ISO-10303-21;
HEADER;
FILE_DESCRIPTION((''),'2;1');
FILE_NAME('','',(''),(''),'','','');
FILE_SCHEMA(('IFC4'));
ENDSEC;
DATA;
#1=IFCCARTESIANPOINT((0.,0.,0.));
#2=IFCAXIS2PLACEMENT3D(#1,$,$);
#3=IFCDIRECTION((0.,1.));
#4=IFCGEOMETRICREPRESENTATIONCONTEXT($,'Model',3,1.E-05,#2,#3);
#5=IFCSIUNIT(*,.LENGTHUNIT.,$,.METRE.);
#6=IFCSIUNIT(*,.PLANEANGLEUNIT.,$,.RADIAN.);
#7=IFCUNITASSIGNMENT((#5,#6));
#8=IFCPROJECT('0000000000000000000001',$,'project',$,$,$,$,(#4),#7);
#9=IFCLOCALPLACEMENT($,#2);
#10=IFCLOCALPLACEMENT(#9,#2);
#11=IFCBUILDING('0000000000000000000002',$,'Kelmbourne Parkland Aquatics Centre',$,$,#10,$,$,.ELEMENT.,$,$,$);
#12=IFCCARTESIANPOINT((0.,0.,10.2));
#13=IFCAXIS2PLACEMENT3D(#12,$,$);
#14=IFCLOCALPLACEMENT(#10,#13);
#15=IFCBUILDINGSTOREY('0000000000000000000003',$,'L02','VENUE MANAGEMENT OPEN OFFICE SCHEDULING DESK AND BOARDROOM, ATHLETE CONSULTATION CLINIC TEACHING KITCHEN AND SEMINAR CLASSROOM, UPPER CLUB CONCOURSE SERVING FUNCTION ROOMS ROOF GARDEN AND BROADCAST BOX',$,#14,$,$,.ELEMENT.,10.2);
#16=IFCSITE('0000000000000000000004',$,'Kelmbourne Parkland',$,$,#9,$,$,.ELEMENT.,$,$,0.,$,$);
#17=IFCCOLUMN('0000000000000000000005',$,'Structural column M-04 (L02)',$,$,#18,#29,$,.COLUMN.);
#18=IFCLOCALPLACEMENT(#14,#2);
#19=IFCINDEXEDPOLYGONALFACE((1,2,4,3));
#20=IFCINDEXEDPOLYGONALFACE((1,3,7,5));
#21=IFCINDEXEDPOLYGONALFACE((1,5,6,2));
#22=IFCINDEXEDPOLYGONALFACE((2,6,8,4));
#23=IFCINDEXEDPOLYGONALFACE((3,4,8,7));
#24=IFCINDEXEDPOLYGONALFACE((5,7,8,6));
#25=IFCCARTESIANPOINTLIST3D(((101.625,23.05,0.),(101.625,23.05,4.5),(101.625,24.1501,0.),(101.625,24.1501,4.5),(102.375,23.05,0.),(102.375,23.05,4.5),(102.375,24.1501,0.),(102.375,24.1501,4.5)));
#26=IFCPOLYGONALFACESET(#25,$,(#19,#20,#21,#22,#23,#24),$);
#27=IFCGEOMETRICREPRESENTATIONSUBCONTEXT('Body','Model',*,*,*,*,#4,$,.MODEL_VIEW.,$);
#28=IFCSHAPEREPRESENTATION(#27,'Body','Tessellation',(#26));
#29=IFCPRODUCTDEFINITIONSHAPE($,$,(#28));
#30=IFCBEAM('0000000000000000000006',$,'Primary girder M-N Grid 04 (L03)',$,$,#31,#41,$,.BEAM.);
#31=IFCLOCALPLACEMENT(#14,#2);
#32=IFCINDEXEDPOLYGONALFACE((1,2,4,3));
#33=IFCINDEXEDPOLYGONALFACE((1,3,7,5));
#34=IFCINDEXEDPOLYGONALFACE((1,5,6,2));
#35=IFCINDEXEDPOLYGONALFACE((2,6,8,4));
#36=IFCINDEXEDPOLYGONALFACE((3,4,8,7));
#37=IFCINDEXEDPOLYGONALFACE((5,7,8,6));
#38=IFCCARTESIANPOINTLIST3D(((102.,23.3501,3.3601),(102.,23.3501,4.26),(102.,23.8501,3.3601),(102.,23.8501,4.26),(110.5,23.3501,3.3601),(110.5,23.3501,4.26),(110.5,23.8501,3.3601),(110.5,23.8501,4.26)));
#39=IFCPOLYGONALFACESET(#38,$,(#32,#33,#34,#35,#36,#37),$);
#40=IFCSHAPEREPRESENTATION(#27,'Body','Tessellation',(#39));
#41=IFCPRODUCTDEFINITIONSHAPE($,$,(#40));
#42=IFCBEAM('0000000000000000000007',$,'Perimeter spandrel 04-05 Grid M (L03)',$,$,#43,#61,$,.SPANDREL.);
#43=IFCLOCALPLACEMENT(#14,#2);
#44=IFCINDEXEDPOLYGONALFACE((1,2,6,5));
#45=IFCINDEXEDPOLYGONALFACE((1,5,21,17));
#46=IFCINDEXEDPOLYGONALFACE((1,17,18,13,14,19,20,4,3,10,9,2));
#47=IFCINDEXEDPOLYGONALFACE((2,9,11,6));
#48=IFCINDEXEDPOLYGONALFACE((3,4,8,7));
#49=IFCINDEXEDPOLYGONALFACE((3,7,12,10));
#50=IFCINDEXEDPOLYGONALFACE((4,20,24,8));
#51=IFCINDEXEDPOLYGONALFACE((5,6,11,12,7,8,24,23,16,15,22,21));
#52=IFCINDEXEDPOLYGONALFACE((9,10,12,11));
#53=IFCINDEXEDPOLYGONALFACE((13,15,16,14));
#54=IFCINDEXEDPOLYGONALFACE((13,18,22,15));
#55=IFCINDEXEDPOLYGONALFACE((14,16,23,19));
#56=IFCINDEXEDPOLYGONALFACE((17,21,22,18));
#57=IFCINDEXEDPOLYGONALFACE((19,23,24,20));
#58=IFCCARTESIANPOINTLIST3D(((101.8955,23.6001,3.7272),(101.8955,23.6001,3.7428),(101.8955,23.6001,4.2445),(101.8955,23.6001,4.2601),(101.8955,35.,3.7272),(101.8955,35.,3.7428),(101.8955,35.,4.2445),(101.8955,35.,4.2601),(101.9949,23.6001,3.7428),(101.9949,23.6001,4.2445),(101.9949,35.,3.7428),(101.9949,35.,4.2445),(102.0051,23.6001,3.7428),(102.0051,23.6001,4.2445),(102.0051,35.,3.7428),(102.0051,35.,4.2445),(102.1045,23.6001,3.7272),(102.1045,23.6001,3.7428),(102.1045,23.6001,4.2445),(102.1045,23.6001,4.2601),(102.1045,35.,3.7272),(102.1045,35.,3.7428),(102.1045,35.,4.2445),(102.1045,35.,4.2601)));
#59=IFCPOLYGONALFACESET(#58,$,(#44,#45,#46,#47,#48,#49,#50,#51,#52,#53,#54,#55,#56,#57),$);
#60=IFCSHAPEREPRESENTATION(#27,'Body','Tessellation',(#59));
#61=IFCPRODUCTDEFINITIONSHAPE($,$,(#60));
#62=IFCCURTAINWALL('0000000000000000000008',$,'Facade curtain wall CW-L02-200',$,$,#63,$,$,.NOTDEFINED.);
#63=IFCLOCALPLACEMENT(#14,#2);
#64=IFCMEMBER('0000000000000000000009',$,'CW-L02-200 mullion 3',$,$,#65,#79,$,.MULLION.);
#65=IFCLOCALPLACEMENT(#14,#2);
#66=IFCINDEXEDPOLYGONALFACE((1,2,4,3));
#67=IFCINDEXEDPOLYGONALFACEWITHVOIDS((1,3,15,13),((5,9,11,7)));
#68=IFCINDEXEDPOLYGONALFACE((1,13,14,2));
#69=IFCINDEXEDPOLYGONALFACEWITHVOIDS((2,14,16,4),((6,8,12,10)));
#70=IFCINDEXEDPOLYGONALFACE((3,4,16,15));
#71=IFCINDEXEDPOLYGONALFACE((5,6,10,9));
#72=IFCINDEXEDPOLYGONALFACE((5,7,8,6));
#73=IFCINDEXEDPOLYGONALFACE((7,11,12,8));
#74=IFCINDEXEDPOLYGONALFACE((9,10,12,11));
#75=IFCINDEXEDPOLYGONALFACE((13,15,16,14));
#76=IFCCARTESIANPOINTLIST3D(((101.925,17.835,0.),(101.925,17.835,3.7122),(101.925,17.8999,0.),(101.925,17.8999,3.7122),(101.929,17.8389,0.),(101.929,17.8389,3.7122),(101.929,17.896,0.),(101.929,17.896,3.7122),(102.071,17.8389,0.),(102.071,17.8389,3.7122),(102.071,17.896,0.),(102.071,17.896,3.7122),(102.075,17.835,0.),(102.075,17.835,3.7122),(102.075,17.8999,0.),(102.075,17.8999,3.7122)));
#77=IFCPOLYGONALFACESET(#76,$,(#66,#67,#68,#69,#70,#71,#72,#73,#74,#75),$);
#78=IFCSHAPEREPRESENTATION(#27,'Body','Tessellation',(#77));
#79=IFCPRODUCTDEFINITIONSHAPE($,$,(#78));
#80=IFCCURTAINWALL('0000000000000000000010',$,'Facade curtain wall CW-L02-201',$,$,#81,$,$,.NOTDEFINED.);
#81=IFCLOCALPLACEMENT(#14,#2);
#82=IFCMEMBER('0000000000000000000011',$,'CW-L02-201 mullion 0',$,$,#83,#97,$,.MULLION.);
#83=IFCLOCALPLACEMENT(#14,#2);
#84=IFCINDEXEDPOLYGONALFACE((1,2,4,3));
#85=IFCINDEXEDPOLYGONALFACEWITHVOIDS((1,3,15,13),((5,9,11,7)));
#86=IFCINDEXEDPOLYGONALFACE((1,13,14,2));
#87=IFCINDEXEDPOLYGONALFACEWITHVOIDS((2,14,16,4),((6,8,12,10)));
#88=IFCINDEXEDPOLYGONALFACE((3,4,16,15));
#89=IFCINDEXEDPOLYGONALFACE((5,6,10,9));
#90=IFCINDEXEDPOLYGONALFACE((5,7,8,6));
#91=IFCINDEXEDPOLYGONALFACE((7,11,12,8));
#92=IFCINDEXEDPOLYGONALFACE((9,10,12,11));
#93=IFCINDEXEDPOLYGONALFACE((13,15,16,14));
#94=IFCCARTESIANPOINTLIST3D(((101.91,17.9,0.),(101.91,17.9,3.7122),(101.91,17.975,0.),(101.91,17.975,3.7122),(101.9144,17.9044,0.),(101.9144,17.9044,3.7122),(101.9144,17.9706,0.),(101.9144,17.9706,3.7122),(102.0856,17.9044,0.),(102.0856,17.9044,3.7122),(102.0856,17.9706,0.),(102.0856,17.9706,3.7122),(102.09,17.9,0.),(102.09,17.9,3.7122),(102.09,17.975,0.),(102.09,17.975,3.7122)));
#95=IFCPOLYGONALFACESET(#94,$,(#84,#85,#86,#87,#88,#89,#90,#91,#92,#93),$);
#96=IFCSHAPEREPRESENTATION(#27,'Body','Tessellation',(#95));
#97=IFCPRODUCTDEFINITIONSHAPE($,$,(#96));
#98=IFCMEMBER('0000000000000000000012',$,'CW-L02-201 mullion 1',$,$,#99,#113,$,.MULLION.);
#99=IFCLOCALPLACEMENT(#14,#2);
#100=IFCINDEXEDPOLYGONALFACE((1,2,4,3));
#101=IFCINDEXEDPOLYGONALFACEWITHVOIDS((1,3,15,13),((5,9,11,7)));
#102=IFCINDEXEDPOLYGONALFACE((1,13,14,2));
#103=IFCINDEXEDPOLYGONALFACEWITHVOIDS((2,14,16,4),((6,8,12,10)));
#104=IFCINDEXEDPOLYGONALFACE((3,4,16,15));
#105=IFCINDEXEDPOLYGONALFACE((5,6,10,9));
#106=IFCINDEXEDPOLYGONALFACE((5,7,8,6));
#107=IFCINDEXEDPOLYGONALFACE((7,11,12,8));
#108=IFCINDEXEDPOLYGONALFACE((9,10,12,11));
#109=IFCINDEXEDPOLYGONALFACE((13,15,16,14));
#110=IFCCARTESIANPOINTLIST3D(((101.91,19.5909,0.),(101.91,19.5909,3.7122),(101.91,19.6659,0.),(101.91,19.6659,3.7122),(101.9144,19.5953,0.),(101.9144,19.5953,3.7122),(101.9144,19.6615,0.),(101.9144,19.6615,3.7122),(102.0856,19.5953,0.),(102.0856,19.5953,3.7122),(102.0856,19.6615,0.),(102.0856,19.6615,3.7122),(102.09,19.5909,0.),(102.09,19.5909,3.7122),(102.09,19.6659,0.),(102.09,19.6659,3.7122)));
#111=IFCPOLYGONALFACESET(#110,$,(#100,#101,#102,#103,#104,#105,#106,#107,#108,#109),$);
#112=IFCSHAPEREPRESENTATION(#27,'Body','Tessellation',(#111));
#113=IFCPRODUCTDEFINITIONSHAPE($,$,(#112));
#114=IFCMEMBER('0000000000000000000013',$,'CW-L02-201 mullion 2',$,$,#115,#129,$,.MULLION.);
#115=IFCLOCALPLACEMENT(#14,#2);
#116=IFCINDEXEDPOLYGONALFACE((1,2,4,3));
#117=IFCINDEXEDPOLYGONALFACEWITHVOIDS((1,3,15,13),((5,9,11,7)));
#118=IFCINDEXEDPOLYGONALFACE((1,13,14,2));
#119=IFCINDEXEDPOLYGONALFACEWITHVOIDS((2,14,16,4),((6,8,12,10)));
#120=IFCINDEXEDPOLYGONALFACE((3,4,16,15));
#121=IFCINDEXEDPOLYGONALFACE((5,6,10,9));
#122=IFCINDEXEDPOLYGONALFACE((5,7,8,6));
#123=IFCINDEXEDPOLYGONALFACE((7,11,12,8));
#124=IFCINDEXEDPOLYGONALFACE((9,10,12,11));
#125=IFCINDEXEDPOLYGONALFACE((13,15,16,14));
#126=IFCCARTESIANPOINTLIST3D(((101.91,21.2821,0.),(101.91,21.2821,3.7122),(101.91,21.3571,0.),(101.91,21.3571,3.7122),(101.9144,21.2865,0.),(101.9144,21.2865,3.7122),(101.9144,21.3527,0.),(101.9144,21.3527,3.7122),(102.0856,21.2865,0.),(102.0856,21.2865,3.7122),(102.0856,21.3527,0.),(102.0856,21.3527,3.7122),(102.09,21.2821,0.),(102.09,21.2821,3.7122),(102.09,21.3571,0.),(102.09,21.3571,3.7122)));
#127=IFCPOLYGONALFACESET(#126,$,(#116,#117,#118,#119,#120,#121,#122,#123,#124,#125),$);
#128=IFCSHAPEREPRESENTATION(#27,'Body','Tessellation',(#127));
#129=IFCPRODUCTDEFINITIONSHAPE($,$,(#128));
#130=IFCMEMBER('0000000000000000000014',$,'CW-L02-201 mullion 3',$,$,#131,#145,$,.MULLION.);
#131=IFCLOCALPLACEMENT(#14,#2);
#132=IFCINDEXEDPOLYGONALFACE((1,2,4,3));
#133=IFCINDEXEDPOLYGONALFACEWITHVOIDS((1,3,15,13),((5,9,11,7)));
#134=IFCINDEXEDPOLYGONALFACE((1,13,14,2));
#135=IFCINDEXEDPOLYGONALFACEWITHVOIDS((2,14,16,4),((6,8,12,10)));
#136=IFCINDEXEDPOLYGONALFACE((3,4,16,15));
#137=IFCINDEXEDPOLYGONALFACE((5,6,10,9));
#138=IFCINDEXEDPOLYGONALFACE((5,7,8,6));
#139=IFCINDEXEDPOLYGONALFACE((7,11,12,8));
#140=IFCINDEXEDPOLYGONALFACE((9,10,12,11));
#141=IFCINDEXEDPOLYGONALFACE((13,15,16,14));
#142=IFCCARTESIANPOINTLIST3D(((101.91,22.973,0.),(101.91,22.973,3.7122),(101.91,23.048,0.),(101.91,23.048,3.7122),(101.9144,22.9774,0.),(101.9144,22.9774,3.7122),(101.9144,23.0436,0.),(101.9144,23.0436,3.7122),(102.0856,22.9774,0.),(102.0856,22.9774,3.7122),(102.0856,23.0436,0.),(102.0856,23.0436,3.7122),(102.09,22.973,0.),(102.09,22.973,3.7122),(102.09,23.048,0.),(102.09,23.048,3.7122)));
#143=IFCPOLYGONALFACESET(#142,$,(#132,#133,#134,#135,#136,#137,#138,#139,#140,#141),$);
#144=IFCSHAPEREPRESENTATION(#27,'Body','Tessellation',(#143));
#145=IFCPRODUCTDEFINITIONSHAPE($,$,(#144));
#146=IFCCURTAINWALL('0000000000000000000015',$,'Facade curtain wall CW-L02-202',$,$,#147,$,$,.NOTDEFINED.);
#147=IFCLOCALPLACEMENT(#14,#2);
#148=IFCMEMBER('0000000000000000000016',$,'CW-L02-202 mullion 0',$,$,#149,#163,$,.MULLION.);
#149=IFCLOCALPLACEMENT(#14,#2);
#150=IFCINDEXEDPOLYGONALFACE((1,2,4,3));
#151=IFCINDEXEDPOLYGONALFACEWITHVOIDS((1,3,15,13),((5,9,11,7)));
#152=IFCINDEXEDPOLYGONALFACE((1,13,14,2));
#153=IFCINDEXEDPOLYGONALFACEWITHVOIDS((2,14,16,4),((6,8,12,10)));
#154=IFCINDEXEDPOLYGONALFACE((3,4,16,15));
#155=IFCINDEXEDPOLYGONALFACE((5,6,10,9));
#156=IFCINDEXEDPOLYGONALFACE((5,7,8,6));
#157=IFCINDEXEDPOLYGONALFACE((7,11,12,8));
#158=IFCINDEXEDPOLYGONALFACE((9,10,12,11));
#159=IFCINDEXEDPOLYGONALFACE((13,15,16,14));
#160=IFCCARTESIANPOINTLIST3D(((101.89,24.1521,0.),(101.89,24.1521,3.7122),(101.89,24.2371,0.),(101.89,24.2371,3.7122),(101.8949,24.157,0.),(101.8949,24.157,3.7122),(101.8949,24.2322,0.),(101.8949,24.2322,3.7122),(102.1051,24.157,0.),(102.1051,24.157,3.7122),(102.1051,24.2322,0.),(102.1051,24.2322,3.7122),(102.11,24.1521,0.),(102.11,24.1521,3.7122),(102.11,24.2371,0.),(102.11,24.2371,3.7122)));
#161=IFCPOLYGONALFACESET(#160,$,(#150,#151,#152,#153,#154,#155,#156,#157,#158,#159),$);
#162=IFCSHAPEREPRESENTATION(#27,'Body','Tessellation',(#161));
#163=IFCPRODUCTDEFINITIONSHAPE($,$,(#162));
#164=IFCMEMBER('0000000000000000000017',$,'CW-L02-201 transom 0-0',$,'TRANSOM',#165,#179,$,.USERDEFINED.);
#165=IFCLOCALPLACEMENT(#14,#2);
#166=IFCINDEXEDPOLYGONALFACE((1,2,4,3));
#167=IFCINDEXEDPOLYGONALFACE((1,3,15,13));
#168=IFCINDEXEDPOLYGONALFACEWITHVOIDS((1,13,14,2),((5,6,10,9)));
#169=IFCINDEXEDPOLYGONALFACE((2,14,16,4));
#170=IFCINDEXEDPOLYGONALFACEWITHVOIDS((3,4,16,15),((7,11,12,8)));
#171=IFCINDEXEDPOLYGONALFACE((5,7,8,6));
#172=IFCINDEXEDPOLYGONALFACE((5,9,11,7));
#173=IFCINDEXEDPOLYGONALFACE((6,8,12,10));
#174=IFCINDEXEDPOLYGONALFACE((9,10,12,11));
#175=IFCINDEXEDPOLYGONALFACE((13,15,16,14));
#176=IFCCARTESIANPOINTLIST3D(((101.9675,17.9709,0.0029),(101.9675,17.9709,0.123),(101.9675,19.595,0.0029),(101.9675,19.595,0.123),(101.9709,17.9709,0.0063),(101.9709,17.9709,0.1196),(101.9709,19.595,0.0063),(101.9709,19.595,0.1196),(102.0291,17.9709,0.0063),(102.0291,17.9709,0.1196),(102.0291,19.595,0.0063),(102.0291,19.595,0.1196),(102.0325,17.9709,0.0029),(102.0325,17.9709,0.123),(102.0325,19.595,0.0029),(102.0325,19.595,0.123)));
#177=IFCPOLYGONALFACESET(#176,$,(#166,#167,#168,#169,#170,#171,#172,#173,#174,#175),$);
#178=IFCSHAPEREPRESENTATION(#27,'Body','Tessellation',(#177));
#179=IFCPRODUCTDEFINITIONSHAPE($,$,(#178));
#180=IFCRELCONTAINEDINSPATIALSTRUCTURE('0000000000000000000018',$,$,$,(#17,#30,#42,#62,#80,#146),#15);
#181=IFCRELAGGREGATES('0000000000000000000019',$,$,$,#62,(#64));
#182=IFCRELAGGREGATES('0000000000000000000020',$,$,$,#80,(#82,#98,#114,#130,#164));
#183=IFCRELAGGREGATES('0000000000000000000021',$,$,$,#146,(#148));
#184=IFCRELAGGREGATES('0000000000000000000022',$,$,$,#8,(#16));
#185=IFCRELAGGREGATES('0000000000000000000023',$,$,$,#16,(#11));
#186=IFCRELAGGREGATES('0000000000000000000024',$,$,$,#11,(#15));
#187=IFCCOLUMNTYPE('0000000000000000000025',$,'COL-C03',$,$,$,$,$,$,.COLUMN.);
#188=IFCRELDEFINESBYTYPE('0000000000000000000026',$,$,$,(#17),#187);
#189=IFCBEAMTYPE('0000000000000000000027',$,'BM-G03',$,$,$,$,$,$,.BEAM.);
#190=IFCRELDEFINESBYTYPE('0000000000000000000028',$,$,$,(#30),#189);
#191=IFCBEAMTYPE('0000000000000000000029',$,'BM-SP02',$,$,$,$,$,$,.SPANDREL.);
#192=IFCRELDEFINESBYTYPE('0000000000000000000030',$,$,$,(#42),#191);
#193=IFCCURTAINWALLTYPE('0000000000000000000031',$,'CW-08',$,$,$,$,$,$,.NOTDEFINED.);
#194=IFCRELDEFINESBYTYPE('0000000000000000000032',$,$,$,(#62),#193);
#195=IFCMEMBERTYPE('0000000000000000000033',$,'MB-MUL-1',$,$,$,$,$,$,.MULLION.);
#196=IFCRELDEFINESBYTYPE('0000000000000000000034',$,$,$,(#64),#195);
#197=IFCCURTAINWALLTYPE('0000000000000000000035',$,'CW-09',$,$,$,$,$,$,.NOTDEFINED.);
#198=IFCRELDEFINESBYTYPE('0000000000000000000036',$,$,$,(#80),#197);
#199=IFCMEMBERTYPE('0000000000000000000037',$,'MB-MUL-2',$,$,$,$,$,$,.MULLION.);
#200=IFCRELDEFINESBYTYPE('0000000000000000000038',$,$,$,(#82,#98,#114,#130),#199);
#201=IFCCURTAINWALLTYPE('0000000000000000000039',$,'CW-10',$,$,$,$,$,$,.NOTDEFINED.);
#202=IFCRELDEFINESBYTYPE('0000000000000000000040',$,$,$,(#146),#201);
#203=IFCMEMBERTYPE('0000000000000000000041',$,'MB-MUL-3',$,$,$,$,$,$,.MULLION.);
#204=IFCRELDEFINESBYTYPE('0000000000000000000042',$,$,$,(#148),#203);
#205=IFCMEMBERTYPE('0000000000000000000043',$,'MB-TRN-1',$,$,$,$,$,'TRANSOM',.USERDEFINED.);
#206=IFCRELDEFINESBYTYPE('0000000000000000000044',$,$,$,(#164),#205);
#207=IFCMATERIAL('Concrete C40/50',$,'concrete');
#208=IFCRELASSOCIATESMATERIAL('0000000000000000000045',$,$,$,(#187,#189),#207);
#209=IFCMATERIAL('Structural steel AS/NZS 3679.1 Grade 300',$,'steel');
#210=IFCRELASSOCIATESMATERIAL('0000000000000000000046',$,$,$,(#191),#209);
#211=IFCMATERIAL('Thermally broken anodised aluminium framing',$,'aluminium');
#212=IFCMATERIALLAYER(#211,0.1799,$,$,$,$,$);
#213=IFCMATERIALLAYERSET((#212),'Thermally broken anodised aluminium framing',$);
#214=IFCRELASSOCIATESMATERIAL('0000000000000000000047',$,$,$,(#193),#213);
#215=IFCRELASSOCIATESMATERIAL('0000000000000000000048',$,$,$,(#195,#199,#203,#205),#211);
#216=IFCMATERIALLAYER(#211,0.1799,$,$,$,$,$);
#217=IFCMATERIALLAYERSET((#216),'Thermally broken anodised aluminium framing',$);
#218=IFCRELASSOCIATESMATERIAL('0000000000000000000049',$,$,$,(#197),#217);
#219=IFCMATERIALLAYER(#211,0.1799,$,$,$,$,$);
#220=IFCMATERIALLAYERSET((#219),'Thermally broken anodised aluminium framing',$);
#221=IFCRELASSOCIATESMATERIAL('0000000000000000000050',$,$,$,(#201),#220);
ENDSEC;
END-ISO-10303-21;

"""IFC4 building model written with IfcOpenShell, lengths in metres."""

from ifc_helpers import new_model, si_unit, direction, frame, origin, origin_2d, place, context, subcontext, project, spatial, rectangle, hollow_rectangle, i_section, extrude, material, layer, layer_set, material_profile, profile_set, type_object, element, aggregate, save


model = new_model("IFC4")

# Units and contexts
model_context = context("Model", 3, precision=1e-05, world=origin(), true_north=direction((0.0, 1.0)))
body_context = subcontext(model_context, "Body", "Model", "MODEL_VIEW")
ifc_project = project(units=[si_unit("LENGTHUNIT", "METRE"), si_unit("PLANEANGLEUNIT", "RADIAN")], contexts=[model_context])

# Site, building, storey
site_placement = place(None, origin())
site = spatial("IfcSite", under=ifc_project, at=site_placement, Name="Kelmbourne Parkland", CompositionType="ELEMENT", RefElevation=0.0)
building_placement = place(site_placement, origin())
building = spatial("IfcBuilding", under=site, at=building_placement, Name="Kelmbourne Parkland Aquatics Centre", CompositionType="ELEMENT")
storey_placement = place(building_placement, frame((0.0, 0.0, 10.2)))
storey = spatial("IfcBuildingStorey", under=building, at=storey_placement, Name="L02", Description="VENUE MANAGEMENT OPEN OFFICE SCHEDULING DESK AND BOARDROOM, ATHLETE CONSULTATION CLINIC TEACHING KITCHEN AND SEMINAR CLASSROOM, UPPER CLUB CONCOURSE SERVING FUNCTION ROOMS ROOF GARDEN AND BROADCAST BOX", CompositionType="ELEMENT", Elevation=10.2)

# Column
ifc_material_1 = material(Name="Concrete C40/50", Category="concrete")
ifc_material_profile_1 = material_profile(ifc_material_1, rectangle(XDim=0.75, YDim=1.1001, at=origin_2d()), Name="RC 750x1100")
ifc_profile_set_1 = profile_set([ifc_material_profile_1], Name="Concrete C40/50")
column_type = type_object("IfcColumnType", Name="COL-C03", PredefinedType="COLUMN", material=ifc_profile_set_1)
column_placement = place(storey_placement, frame((102.0, 23.6001, 0.0), z_axis=(0.0, 0.0, 1.0), x_axis=(1.0, 0.0, 0.0)))
element("IfcColumn", 1, at=column_placement, inside=storey, type_object=column_type, Name="Structural column M-04 (L02)", PredefinedType="COLUMN", context=body_context, shape_type="SweptSolid", body=[
    extrude(rectangle(XDim=0.75, YDim=1.1001, at=origin_2d()), origin(), (0.0, 0.0, 1.0), 4.5),
])

# Beams
ifc_material_profile_2 = material_profile(ifc_material_1, rectangle(XDim=0.5, YDim=0.8999, at=origin_2d()), Name="RC 500x900")
ifc_profile_set_2 = profile_set([ifc_material_profile_2], Name="Concrete C40/50")
beam_type_1 = type_object("IfcBeamType", Name="BM-G03", PredefinedType="BEAM", material=ifc_profile_set_2)
beam_1_placement = place(storey_placement, frame((102.0, 23.6001, 3.8101), z_axis=(1.0, 0.0, 0.0), x_axis=(0.0, 1.0, 0.0)))
element("IfcBeam", 2, at=beam_1_placement, inside=storey, type_object=beam_type_1, Name="Primary girder M-N Grid 04 (L03)", PredefinedType="BEAM", context=body_context, shape_type="SweptSolid", body=[
    extrude(rectangle(XDim=0.5, YDim=0.8999, at=origin_2d()), origin(), (0.0, 0.0, 1.0), 8.5),
])
ifc_material_2 = material(Name="Structural steel AS/NZS 3679.1 Grade 300", Category="steel")
ifc_material_profile_3 = material_profile(ifc_material_2, i_section(OverallWidth=0.209, OverallDepth=0.533, WebThickness=0.0103, FlangeThickness=0.0156, at=origin_2d()), Name="530UB92.4")
ifc_profile_set_3 = profile_set([ifc_material_profile_3], Name="Structural steel AS/NZS 3679.1 Grade 300")
beam_type_2 = type_object("IfcBeamType", Name="BM-SP02", PredefinedType="SPANDREL", material=ifc_profile_set_3)
beam_2_placement = place(storey_placement, frame((102.0, 23.6001, 3.9937), z_axis=(0.0, 1.0, 0.0), x_axis=(-1.0, 0.0, 0.0)))
element("IfcBeam", 3, at=beam_2_placement, inside=storey, type_object=beam_type_2, Name="Perimeter spandrel 04-05 Grid M (L03)", PredefinedType="SPANDREL", context=body_context, shape_type="SweptSolid", body=[
    extrude(i_section(OverallWidth=0.209, OverallDepth=0.533, WebThickness=0.0103, FlangeThickness=0.0156, at=origin_2d()), origin(), (0.0, 0.0, 1.0), 11.3999),
])

# Curtain wall, member
ifc_material_3 = material(Name="Thermally broken anodised aluminium framing", Category="aluminium")
ifc_layer_1 = layer(ifc_material_3, 0.1799)
ifc_layer_set_1 = layer_set([ifc_layer_1], Name="Thermally broken anodised aluminium framing")
curtain_wall_type_1 = type_object("IfcCurtainWallType", Name="CW-08", PredefinedType="NOTDEFINED", material=ifc_layer_set_1)
curtain_wall_1_placement = place(storey_placement, origin())
curtain_wall_1 = element("IfcCurtainWall", 4, at=curtain_wall_1_placement, inside=storey, type_object=curtain_wall_type_1, Name="Facade curtain wall CW-L02-200", PredefinedType="NOTDEFINED")
ifc_material_profile_4 = material_profile(ifc_material_3, hollow_rectangle(XDim=0.0649, YDim=0.1499, WallThickness=0.0039, at=origin_2d()), Name="CW-M 65x150")
ifc_profile_set_4 = profile_set([ifc_material_profile_4], Name="Thermally broken anodised aluminium framing")
member_type_1 = type_object("IfcMemberType", Name="MB-MUL-1", PredefinedType="MULLION", material=ifc_profile_set_4)
member_1_placement = place(storey_placement, frame((102.0, 17.8674, 0.0), z_axis=(0.0, 0.0, 1.0), x_axis=(0.0, 1.0, 0.0)))
member_1 = element("IfcMember", 5, at=member_1_placement, type_object=member_type_1, Name="CW-L02-200 mullion 3", PredefinedType="MULLION", context=body_context, shape_type="SweptSolid", body=[
    extrude(hollow_rectangle(XDim=0.0649, YDim=0.1499, WallThickness=0.0039, at=origin_2d()), origin(), (0.0, 0.0, 1.0), 3.7122),
])
aggregate(curtain_wall_1, [member_1])

# Curtain wall, members
ifc_layer_2 = layer(ifc_material_3, 0.1799)
ifc_layer_set_2 = layer_set([ifc_layer_2], Name="Thermally broken anodised aluminium framing")
curtain_wall_type_2 = type_object("IfcCurtainWallType", Name="CW-09", PredefinedType="NOTDEFINED", material=ifc_layer_set_2)
curtain_wall_2_placement = place(storey_placement, origin())
curtain_wall_2 = element("IfcCurtainWall", 6, at=curtain_wall_2_placement, inside=storey, type_object=curtain_wall_type_2, Name="Facade curtain wall CW-L02-201", PredefinedType="NOTDEFINED")
ifc_material_profile_5 = material_profile(ifc_material_3, hollow_rectangle(XDim=0.075, YDim=0.1799, WallThickness=0.0044, at=origin_2d()), Name="CW-M 75x180")
ifc_profile_set_5 = profile_set([ifc_material_profile_5], Name="Thermally broken anodised aluminium framing")
member_type_2 = type_object("IfcMemberType", Name="MB-MUL-2", PredefinedType="MULLION", material=ifc_profile_set_5)
member_2_placement = place(storey_placement, frame((102.0, 17.9375, 0.0), z_axis=(0.0, 0.0, 1.0), x_axis=(0.0, 1.0, 0.0)))
member_2 = element("IfcMember", 7, at=member_2_placement, type_object=member_type_2, Name="CW-L02-201 mullion 0", PredefinedType="MULLION", context=body_context, shape_type="SweptSolid", body=[
    extrude(hollow_rectangle(XDim=0.075, YDim=0.1799, WallThickness=0.0044, at=origin_2d()), origin(), (0.0, 0.0, 1.0), 3.7122),
])
member_3_placement = place(storey_placement, frame((102.0, 19.6284, 0.0), z_axis=(0.0, 0.0, 1.0), x_axis=(0.0, 1.0, 0.0)))
member_3 = element("IfcMember", 8, at=member_3_placement, type_object=member_type_2, Name="CW-L02-201 mullion 1", PredefinedType="MULLION", context=body_context, shape_type="SweptSolid", body=[
    extrude(hollow_rectangle(XDim=0.075, YDim=0.1799, WallThickness=0.0044, at=origin_2d()), origin(), (0.0, 0.0, 1.0), 3.7122),
])
member_4_placement = place(storey_placement, frame((102.0, 21.3196, 0.0), z_axis=(0.0, 0.0, 1.0), x_axis=(0.0, 1.0, 0.0)))
member_4 = element("IfcMember", 9, at=member_4_placement, type_object=member_type_2, Name="CW-L02-201 mullion 2", PredefinedType="MULLION", context=body_context, shape_type="SweptSolid", body=[
    extrude(hollow_rectangle(XDim=0.075, YDim=0.1799, WallThickness=0.0044, at=origin_2d()), origin(), (0.0, 0.0, 1.0), 3.7122),
])
member_5_placement = place(storey_placement, frame((102.0, 23.0105, 0.0), z_axis=(0.0, 0.0, 1.0), x_axis=(0.0, 1.0, 0.0)))
member_5 = element("IfcMember", 10, at=member_5_placement, type_object=member_type_2, Name="CW-L02-201 mullion 3", PredefinedType="MULLION", context=body_context, shape_type="SweptSolid", body=[
    extrude(hollow_rectangle(XDim=0.075, YDim=0.1799, WallThickness=0.0044, at=origin_2d()), origin(), (0.0, 0.0, 1.0), 3.7122),
])

# Curtain wall, member
ifc_layer_3 = layer(ifc_material_3, 0.1799)
ifc_layer_set_3 = layer_set([ifc_layer_3], Name="Thermally broken anodised aluminium framing")
curtain_wall_type_3 = type_object("IfcCurtainWallType", Name="CW-10", PredefinedType="NOTDEFINED", material=ifc_layer_set_3)
curtain_wall_3_placement = place(storey_placement, origin())
curtain_wall_3 = element("IfcCurtainWall", 11, at=curtain_wall_3_placement, inside=storey, type_object=curtain_wall_type_3, Name="Facade curtain wall CW-L02-202", PredefinedType="NOTDEFINED")
ifc_material_profile_6 = material_profile(ifc_material_3, hollow_rectangle(XDim=0.085, YDim=0.22, WallThickness=0.0049, at=origin_2d()), Name="CW-M 85x220")
ifc_profile_set_6 = profile_set([ifc_material_profile_6], Name="Thermally broken anodised aluminium framing")
member_type_3 = type_object("IfcMemberType", Name="MB-MUL-3", PredefinedType="MULLION", material=ifc_profile_set_6)
member_6_placement = place(storey_placement, frame((102.0, 24.1946, 0.0), z_axis=(0.0, 0.0, 1.0), x_axis=(0.0, 1.0, 0.0)))
member_6 = element("IfcMember", 12, at=member_6_placement, type_object=member_type_3, Name="CW-L02-202 mullion 0", PredefinedType="MULLION", context=body_context, shape_type="SweptSolid", body=[
    extrude(hollow_rectangle(XDim=0.085, YDim=0.22, WallThickness=0.0049, at=origin_2d()), origin(), (0.0, 0.0, 1.0), 3.7122),
])

# Member
ifc_material_profile_7 = material_profile(ifc_material_3, hollow_rectangle(XDim=0.0649, YDim=0.1201, WallThickness=0.0034, at=origin_2d()), Name="CW-T 65x120")
ifc_profile_set_7 = profile_set([ifc_material_profile_7], Name="Thermally broken anodised aluminium framing")
member_type_4 = type_object("IfcMemberType", Name="MB-TRN-1", ElementType="TRANSOM", PredefinedType="USERDEFINED", material=ifc_profile_set_7)
member_7_placement = place(storey_placement, frame((102.0, 17.9709, 0.063), z_axis=(0.0, 1.0, 0.0), x_axis=(-1.0, 0.0, 0.0)))
member_7 = element("IfcMember", 13, at=member_7_placement, type_object=member_type_4, Name="CW-L02-201 transom 0-0", ObjectType="TRANSOM", PredefinedType="USERDEFINED", context=body_context, shape_type="SweptSolid", body=[
    extrude(hollow_rectangle(XDim=0.0649, YDim=0.1201, WallThickness=0.0034, at=origin_2d()), origin(), (0.0, 0.0, 1.0), 1.624),
])

aggregate(curtain_wall_2, [member_2, member_3, member_4, member_5, member_7])
aggregate(curtain_wall_3, [member_6])

save(model, "model.ifc")
